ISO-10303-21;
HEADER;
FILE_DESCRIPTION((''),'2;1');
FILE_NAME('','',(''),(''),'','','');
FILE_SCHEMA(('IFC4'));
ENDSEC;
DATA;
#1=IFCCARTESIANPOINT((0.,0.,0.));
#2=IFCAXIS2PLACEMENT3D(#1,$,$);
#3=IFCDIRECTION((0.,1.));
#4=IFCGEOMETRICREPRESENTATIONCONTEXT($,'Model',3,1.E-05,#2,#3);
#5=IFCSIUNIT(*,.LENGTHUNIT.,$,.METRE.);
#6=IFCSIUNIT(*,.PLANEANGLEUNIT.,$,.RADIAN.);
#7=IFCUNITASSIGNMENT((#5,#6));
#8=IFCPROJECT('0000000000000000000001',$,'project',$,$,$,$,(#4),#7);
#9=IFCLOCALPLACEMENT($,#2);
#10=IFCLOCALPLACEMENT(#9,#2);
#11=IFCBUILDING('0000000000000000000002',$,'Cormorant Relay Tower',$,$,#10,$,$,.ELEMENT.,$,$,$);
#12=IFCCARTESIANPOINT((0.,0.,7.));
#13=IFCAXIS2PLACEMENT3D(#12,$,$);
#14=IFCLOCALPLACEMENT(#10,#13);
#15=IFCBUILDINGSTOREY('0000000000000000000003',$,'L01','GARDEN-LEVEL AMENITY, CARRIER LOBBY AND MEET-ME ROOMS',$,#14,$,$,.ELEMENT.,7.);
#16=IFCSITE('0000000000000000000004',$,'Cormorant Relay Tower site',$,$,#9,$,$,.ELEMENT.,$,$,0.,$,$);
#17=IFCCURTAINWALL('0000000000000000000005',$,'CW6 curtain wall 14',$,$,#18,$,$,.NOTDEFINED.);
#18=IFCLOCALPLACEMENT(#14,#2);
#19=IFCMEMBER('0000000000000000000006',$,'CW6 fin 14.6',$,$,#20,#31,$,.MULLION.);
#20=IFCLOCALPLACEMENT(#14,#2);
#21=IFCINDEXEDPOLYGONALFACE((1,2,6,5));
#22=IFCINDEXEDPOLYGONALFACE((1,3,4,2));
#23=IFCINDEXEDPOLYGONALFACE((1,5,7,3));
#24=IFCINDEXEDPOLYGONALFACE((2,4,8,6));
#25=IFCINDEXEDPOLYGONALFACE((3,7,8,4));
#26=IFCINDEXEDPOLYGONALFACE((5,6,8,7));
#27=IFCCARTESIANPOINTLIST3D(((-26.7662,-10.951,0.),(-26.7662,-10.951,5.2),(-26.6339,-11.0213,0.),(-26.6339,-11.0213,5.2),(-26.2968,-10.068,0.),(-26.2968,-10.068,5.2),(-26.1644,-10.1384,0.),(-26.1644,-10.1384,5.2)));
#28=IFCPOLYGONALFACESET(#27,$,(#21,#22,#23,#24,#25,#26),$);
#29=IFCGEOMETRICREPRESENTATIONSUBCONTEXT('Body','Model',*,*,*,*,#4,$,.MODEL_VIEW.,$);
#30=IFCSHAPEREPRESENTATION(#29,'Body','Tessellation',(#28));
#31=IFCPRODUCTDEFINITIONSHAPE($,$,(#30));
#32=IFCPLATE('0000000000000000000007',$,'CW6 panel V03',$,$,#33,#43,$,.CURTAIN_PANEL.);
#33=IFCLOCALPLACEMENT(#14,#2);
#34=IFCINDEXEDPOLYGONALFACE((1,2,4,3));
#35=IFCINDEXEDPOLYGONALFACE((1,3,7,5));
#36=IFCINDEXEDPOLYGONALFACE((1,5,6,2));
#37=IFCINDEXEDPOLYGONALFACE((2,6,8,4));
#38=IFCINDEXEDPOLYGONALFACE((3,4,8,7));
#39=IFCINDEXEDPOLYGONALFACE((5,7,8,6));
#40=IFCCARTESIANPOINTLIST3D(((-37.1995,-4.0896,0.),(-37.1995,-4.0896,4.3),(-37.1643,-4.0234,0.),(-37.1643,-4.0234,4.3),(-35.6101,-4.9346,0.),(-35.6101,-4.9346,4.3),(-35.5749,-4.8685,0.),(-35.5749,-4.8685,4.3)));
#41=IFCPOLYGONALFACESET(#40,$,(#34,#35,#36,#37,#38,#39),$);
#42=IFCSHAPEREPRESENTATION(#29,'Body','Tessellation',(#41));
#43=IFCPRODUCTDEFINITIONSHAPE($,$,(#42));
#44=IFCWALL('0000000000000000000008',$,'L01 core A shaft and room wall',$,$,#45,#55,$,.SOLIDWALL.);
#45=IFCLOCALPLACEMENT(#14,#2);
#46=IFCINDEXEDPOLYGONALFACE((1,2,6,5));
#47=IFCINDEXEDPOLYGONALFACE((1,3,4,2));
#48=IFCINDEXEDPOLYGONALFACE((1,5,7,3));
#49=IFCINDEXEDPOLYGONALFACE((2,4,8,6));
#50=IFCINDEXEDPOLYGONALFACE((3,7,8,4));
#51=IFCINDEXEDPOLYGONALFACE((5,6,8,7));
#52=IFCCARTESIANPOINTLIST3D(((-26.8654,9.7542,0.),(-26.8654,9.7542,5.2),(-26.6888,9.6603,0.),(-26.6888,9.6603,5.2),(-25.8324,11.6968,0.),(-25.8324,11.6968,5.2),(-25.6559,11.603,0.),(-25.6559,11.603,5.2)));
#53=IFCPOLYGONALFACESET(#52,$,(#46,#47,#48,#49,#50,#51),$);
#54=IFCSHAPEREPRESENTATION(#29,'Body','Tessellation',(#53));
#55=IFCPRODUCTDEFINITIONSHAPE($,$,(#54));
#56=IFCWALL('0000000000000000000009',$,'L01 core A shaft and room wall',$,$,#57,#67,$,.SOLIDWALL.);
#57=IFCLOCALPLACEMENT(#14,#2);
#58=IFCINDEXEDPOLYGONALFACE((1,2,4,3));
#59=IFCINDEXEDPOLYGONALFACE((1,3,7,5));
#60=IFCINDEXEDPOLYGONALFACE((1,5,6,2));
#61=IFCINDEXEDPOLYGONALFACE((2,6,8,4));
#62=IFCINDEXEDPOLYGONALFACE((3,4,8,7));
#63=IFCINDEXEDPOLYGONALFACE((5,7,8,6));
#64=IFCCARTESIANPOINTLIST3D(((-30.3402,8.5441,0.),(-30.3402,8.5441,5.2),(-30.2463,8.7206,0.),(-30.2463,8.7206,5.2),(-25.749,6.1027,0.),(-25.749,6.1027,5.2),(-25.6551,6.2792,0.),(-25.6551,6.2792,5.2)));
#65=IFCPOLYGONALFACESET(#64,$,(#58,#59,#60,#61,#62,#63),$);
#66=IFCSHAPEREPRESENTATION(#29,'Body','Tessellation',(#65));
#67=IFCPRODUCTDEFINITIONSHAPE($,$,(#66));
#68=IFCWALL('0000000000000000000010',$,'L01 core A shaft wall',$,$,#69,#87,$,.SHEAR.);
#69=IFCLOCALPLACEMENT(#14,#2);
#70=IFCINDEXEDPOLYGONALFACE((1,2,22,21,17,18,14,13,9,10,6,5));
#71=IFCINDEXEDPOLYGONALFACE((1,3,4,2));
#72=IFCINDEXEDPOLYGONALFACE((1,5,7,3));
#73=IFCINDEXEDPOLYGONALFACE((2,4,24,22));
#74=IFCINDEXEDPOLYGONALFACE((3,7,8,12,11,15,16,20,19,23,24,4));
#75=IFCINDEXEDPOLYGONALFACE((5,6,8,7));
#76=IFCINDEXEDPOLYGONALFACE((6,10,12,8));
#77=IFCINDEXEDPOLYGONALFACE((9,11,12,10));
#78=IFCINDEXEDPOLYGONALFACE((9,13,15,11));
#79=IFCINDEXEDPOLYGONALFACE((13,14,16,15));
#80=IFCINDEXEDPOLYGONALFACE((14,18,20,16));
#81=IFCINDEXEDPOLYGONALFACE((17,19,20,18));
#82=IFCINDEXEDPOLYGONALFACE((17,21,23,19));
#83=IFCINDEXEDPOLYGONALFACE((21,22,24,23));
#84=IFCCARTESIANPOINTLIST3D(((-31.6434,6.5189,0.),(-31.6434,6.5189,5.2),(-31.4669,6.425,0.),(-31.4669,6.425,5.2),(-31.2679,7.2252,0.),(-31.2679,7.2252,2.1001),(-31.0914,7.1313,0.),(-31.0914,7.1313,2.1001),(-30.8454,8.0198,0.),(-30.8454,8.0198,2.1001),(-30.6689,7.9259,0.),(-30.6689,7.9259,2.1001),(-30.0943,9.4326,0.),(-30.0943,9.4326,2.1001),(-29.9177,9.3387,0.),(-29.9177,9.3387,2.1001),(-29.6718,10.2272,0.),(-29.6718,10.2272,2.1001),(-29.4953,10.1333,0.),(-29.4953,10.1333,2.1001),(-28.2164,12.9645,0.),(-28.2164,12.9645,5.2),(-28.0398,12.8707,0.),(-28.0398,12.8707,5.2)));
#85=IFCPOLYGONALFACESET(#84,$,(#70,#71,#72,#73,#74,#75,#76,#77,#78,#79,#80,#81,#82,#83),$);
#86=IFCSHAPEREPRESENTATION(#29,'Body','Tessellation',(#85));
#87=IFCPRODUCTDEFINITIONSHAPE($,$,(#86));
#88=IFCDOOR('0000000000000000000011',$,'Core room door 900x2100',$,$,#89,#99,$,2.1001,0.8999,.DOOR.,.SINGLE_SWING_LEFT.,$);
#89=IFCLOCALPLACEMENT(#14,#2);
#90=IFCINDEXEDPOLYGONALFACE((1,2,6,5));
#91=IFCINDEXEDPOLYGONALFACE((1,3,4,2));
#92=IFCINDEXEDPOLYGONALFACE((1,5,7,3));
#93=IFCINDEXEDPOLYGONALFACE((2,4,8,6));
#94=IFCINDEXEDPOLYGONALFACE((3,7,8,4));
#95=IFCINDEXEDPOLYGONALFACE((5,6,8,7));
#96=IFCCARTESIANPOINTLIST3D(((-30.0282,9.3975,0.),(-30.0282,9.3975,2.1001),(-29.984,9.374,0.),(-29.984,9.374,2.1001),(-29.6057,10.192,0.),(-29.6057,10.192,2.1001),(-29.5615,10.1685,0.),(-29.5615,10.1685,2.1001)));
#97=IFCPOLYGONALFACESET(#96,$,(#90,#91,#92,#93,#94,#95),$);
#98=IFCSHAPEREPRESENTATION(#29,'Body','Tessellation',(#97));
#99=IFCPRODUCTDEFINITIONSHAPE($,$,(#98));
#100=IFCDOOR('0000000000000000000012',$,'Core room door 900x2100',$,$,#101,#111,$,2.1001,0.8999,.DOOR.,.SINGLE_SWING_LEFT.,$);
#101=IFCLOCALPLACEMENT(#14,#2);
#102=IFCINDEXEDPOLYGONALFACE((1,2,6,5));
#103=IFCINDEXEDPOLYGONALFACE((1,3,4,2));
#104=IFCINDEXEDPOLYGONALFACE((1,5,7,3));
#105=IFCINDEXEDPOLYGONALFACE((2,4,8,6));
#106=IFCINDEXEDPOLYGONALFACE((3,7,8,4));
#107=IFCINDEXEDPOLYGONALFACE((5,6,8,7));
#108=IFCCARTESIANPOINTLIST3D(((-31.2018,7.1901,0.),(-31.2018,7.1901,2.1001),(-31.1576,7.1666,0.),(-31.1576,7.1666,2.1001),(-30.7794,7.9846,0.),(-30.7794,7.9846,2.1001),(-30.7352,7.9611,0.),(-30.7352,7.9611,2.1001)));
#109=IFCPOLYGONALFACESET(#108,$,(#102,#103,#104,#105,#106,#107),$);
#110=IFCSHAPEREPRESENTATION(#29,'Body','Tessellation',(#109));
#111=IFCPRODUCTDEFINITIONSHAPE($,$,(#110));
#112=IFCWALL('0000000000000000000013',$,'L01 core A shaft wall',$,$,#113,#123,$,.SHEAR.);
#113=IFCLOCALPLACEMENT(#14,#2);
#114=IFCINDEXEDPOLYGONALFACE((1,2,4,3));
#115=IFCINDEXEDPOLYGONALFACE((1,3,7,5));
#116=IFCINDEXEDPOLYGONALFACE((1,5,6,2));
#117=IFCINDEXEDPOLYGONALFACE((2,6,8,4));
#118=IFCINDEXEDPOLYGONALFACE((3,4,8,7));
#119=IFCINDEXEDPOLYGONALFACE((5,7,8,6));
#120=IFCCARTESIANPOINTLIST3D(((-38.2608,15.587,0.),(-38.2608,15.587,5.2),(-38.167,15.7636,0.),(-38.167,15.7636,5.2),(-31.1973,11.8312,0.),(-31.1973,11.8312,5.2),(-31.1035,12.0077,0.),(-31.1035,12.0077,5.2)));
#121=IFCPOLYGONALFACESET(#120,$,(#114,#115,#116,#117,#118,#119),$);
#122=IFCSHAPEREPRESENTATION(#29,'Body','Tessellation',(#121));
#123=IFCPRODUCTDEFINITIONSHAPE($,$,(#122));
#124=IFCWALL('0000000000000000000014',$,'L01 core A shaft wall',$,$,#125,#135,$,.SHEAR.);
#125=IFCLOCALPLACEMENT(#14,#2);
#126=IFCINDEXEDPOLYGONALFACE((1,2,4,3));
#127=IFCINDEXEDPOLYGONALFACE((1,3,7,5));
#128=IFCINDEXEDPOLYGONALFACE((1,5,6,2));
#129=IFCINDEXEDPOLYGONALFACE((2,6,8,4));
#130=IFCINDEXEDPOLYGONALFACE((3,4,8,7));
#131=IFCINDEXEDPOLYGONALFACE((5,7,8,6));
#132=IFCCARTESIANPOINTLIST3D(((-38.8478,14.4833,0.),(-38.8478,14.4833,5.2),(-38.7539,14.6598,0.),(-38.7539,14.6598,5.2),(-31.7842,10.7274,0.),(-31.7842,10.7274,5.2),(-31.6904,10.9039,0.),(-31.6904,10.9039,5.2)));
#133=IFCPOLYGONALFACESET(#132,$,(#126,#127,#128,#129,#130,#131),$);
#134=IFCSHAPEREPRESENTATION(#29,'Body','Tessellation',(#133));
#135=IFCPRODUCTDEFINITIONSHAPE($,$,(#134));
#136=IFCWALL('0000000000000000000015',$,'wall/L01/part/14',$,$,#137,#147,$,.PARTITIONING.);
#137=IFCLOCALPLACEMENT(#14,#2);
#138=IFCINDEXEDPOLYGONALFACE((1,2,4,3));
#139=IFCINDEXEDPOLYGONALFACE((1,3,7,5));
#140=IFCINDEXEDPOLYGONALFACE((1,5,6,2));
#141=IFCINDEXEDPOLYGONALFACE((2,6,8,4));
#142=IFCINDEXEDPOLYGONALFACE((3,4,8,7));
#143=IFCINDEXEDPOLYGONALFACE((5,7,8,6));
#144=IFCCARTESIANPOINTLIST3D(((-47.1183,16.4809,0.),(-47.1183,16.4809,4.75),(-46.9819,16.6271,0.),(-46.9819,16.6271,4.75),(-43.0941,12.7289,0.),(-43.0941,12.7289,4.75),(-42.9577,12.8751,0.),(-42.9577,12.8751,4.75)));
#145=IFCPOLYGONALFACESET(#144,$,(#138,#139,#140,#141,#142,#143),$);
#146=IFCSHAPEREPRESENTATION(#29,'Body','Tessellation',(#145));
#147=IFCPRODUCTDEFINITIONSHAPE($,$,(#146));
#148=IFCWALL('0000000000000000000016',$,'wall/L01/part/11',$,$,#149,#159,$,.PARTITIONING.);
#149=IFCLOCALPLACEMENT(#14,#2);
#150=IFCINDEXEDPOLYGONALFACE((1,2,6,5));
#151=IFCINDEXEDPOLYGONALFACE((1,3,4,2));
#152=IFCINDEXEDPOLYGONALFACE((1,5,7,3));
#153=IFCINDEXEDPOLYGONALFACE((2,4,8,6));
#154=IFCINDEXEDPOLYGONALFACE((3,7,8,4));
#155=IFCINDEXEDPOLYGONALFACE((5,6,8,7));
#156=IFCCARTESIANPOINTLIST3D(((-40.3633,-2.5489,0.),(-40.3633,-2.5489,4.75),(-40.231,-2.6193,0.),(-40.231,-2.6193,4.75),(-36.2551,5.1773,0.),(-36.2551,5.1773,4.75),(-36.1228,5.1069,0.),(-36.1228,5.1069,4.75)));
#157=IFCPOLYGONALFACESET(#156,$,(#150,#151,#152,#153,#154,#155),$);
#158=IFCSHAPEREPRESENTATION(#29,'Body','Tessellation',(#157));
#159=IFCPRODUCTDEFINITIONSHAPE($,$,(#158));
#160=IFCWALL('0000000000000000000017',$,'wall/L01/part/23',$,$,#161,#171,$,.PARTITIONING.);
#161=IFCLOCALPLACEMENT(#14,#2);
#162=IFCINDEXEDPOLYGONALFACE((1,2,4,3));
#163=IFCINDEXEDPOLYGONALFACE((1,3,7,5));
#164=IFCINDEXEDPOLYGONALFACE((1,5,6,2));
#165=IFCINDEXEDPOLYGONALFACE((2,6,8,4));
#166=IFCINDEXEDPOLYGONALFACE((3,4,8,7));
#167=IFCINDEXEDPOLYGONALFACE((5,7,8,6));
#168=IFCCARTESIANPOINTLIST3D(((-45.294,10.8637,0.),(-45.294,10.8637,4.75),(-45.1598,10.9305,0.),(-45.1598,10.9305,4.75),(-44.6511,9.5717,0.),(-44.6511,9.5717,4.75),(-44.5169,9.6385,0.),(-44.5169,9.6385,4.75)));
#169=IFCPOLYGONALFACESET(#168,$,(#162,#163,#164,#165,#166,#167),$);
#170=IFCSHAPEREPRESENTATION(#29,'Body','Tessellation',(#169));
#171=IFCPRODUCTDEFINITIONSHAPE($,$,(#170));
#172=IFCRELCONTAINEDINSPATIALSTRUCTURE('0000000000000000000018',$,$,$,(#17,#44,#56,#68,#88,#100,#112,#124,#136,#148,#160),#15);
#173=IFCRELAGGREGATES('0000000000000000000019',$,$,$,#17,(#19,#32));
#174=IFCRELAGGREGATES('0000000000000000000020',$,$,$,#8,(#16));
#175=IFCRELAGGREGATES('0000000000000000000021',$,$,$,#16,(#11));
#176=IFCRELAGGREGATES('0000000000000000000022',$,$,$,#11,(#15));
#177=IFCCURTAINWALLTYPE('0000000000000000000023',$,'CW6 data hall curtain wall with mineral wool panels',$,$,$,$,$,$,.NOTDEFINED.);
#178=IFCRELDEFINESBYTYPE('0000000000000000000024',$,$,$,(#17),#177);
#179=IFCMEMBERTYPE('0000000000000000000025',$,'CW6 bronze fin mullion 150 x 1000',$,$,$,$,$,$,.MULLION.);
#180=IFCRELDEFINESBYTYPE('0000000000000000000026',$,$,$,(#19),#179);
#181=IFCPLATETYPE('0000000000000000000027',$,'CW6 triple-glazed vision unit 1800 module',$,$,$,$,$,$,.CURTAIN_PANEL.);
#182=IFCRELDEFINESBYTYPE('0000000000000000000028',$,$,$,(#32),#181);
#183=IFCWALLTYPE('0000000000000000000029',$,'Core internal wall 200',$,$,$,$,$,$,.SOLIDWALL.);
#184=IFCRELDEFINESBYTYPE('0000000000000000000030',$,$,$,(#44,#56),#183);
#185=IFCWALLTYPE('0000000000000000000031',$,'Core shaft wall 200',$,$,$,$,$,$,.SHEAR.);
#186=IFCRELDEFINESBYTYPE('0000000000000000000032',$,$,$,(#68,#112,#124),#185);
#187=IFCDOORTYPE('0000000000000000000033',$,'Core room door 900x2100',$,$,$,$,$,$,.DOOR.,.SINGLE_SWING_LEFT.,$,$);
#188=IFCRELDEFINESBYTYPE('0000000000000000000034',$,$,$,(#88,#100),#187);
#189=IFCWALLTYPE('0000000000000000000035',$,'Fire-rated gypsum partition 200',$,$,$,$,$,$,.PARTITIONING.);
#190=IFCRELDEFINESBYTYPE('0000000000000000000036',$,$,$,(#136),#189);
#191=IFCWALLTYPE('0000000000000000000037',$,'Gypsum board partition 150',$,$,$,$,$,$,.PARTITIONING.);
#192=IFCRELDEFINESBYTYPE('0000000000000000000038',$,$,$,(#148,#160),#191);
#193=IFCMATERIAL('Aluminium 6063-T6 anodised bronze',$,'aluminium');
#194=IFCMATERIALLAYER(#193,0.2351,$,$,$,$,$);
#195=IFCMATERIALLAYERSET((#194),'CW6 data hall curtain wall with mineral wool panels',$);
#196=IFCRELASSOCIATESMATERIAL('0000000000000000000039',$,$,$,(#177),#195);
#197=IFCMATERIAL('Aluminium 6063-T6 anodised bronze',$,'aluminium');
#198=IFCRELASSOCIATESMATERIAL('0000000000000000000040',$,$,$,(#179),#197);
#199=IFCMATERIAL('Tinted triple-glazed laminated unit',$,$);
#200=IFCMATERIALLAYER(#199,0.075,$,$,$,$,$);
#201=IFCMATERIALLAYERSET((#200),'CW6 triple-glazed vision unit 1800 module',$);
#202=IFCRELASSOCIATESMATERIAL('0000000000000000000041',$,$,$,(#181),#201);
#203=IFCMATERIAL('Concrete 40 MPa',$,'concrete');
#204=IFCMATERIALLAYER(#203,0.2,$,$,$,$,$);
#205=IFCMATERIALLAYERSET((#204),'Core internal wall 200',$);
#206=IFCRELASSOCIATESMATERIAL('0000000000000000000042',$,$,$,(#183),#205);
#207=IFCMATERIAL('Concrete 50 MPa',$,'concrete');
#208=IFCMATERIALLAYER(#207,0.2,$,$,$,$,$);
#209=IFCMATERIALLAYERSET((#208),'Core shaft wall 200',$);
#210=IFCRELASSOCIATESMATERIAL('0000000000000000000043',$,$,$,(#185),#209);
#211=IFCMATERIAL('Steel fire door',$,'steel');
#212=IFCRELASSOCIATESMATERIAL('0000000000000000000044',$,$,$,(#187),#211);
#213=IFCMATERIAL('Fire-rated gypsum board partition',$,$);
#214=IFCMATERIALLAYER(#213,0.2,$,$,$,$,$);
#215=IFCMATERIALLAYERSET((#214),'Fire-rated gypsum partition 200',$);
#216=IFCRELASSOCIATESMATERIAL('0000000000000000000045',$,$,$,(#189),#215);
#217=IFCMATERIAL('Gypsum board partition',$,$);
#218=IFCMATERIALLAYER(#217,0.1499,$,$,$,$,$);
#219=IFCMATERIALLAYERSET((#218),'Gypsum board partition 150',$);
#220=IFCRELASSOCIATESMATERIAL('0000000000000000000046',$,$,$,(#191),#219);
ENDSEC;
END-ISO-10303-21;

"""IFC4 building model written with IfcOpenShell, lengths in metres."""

from ifc_helpers import new_model, si_unit, direction, frame, frame_2d, origin, origin_2d, place, context, subcontext, project, spatial, rectangle, extrude, material, layer, layer_set, material_profile, profile_set, type_object, element, fill, aggregate, save


model = new_model("IFC4")

# Units and contexts
model_context = context("Model", 3, precision=1e-05, world=origin(), true_north=direction((0.0, 1.0)))
body_context = subcontext(model_context, "Body", "Model", "MODEL_VIEW")
ifc_project = project(units=[si_unit("LENGTHUNIT", "METRE"), si_unit("PLANEANGLEUNIT", "RADIAN")], contexts=[model_context])

# Site, building, storey
site_placement = place(None, origin())
site = spatial("IfcSite", under=ifc_project, at=site_placement, Name="Cormorant Relay Tower site", CompositionType="ELEMENT", RefElevation=0.0)
building_placement = place(site_placement, origin())
building = spatial("IfcBuilding", under=site, at=building_placement, Name="Cormorant Relay Tower", CompositionType="ELEMENT")
storey_placement = place(building_placement, frame((0.0, 0.0, 7.0)))
storey = spatial("IfcBuildingStorey", under=building, at=storey_placement, Name="L01", Description="GARDEN-LEVEL AMENITY, CARRIER LOBBY AND MEET-ME ROOMS", CompositionType="ELEMENT", Elevation=7.0)

# Curtain wall, member, plate
ifc_material_1 = material(Name="Aluminium 6063-T6 anodised bronze", Category="aluminium")
ifc_layer_1 = layer(ifc_material_1, 0.2351)
ifc_layer_set_1 = layer_set([ifc_layer_1], Name="CW6 data hall curtain wall with mineral wool panels")
curtain_wall_type = type_object("IfcCurtainWallType", Name="CW6 data hall curtain wall with mineral wool panels", PredefinedType="NOTDEFINED", material=ifc_layer_set_1)
curtain_wall_placement = place(storey_placement, origin())
curtain_wall = element("IfcCurtainWall", 1, at=curtain_wall_placement, inside=storey, type_object=curtain_wall_type, Name="CW6 curtain wall 14", PredefinedType="NOTDEFINED")
ifc_material_2 = material(Name="Aluminium 6063-T6 anodised bronze", Category="aluminium")
ifc_material_profile_1 = material_profile(ifc_material_2, rectangle(XDim=0.1499, YDim=1.0, at=origin_2d()), Name="AL 150x1000")
ifc_profile_set_1 = profile_set([ifc_material_profile_1], Name="Aluminium 6063-T6 anodised bronze")
member_type = type_object("IfcMemberType", Name="CW6 bronze fin mullion 150 x 1000", PredefinedType="MULLION", material=ifc_profile_set_1)
member_1_placement = place(storey_placement, frame((-26.4653, -10.5447, 0.0), z_axis=(0.0, 0.0, 1.0), x_axis=(0.882948, -0.469472, 0.0)))
member_1 = element("IfcMember", 2, at=member_1_placement, type_object=member_type, Name="CW6 fin 14.6", PredefinedType="MULLION", context=body_context, shape_type="SweptSolid", body=[
    extrude(rectangle(XDim=0.1499, YDim=1.0, at=origin_2d()), origin(), (0.0, 0.0, 1.0), 5.2),
])
ifc_material_3 = material(Name="Tinted triple-glazed laminated unit")
ifc_layer_2 = layer(ifc_material_3, 0.075)
ifc_layer_set_2 = layer_set([ifc_layer_2], Name="CW6 triple-glazed vision unit 1800 module")
plate_type = type_object("IfcPlateType", Name="CW6 triple-glazed vision unit 1800 module", PredefinedType="CURTAIN_PANEL", material=ifc_layer_set_2)
plate_placement = place(storey_placement, frame((-36.3872, -4.479, 0.0), z_axis=(0.0, 0.0, 1.0), x_axis=(0.882948, -0.469472, 0.0)))
plate = element("IfcPlate", 3, at=plate_placement, type_object=plate_type, Name="CW6 panel V03", PredefinedType="CURTAIN_PANEL", context=body_context, shape_type="SweptSolid", body=[
    extrude(rectangle(XDim=1.8, YDim=0.075, at=origin_2d()), origin(), (0.0, 0.0, 1.0), 4.3),
])

# Walls
ifc_material_4 = material(Name="Concrete 40 MPa", Category="concrete")
ifc_layer_3 = layer(ifc_material_4, 0.2)
ifc_layer_set_3 = layer_set([ifc_layer_3], Name="Core internal wall 200")
wall_type_1 = type_object("IfcWallType", Name="Core internal wall 200", PredefinedType="SOLIDWALL", material=ifc_layer_set_3)
wall_1_placement = place(storey_placement, frame((-25.7441, 11.6499, 0.0), z_axis=(0.0, 0.0, 1.0), x_axis=(-0.469488, -0.882939, 0.0)))
element("IfcWall", 4, at=wall_1_placement, inside=storey, type_object=wall_type_1, Name="L01 core A shaft and room wall", PredefinedType="SOLIDWALL", context=body_context, shape_type="SweptSolid", body=[
    extrude(rectangle(XDim=2.2002, YDim=0.2, at=frame_2d((1.1001, 0.0))), origin(), (0.0, 0.0, 1.0), 5.2),
])
wall_2_placement = place(storey_placement, frame((-25.7019, 6.1909, 0.0), z_axis=(0.0, 0.0, 1.0), x_axis=(-0.882935, 0.469496, 0.0)))
element("IfcWall", 5, at=wall_2_placement, inside=storey, type_object=wall_type_1, Name="L01 core A shaft and room wall", PredefinedType="SOLIDWALL", context=body_context, shape_type="SweptSolid", body=[
    extrude(rectangle(XDim=5.2, YDim=0.2, at=frame_2d((2.6001, 0.0))), origin(), (0.0, 0.0, 1.0), 5.2),
])

# Wall, openings, doors
ifc_material_5 = material(Name="Concrete 50 MPa", Category="concrete")
ifc_layer_4 = layer(ifc_material_5, 0.2)
ifc_layer_set_4 = layer_set([ifc_layer_4], Name="Core shaft wall 200")
wall_type_2 = type_object("IfcWallType", Name="Core shaft wall 200", PredefinedType="SHEAR", material=ifc_layer_set_4)
wall_3_placement = place(storey_placement, frame((-28.1282, 12.9175, 0.0), z_axis=(0.0, 0.0, 1.0), x_axis=(-0.469454, -0.882957, 0.0)))
wall_3 = element("IfcWall", 6, at=wall_3_placement, inside=storey, type_object=wall_type_2, Name="L01 core A shaft wall", PredefinedType="SHEAR", context=body_context, shape_type="SweptSolid", body=[
    extrude(rectangle(XDim=7.3, YDim=0.2, at=frame_2d((3.6499, 0.0))), origin(), (0.0, 0.0, 1.0), 5.2),
])
opening_1_placement = place(wall_3_placement, frame((3.1001, 0.0, 0.0)))
opening_1 = element("IfcOpeningElement", 7, at=opening_1_placement, cuts=wall_3, PredefinedType="OPENING", context=body_context, shape_type="SweptSolid", body=[
    extrude(rectangle(XDim=0.8999, YDim=2.1001, at=frame_2d((0.45, 1.05))), frame((0.0, 0.1099, 0.0), z_axis=(0.0, -1.0, 0.0), x_axis=(1.0, 0.0, 0.0)), (0.0, 0.0, 1.0), 0.22),
])
opening_2_placement = place(wall_3_placement, frame((5.6001, 0.0, 0.0)))
opening_2 = element("IfcOpeningElement", 8, at=opening_2_placement, cuts=wall_3, PredefinedType="OPENING", context=body_context, shape_type="SweptSolid", body=[
    extrude(rectangle(XDim=0.8999, YDim=2.1001, at=frame_2d((0.45, 1.05))), frame((0.0, 0.1099, 0.0), z_axis=(0.0, -1.0, 0.0), x_axis=(1.0, 0.0, 0.0)), (0.0, 0.0, 1.0), 0.22),
])
ifc_material_6 = material(Name="Steel fire door", Category="steel")
door_type_1 = type_object("IfcDoorType", Name="Core room door 900x2100", OperationType="SINGLE_SWING_LEFT", PredefinedType="DOOR", material=ifc_material_6)
door_1_placement = place(opening_1_placement, origin())
door_1 = element("IfcDoor", 9, at=door_1_placement, inside=storey, type_object=door_type_1, Name="Core room door 900x2100", OperationType="SINGLE_SWING_LEFT", OverallHeight=2.1001, OverallWidth=0.8999, PredefinedType="DOOR", context=body_context, shape_type="SweptSolid", body=[
    extrude(rectangle(XDim=0.8999, YDim=2.1001, at=frame_2d((0.45, 1.05))), frame((0.0, 0.0249, 0.0), z_axis=(0.0, -1.0, 0.0), x_axis=(1.0, 0.0, 0.0)), (0.0, 0.0, 1.0), 0.05),
])
fill(opening_1, door_1)
door_2_placement = place(opening_2_placement, origin())
door_2 = element("IfcDoor", 10, at=door_2_placement, inside=storey, type_object=door_type_1, Name="Core room door 900x2100", OperationType="SINGLE_SWING_LEFT", OverallHeight=2.1001, OverallWidth=0.8999, PredefinedType="DOOR", context=body_context, shape_type="SweptSolid", body=[
    extrude(rectangle(XDim=0.8999, YDim=2.1001, at=frame_2d((0.45, 1.05))), frame((0.0, 0.0249, 0.0), z_axis=(0.0, -1.0, 0.0), x_axis=(1.0, 0.0, 0.0)), (0.0, 0.0, 1.0), 0.05),
])
fill(opening_2, door_2)

# Walls
for number, where, z_axis, x_axis, name in (
    (11, (-31.1504, 11.9194, 0.0), (0.0, 0.0, 1.0), (-0.88294, 0.469485, 0.0), "L01 core A shaft wall"),
    (12, (-31.7373, 10.8157, 0.0), (0.0, 0.0, 1.0), (-0.88294, 0.469485, 0.0), "L01 core A shaft wall"),
):
    element("IfcWall", number, at=place(storey_placement, frame(where, z_axis=z_axis, x_axis=x_axis)), inside=storey, type_object=wall_type_2, Name=name, PredefinedType="SHEAR", context=body_context, shape_type="SweptSolid", body=[
        extrude(rectangle(XDim=8.0, YDim=0.2, at=frame_2d((4.0, 0.0))), origin(), (0.0, 0.0, 1.0), 5.2),
    ])
ifc_material_7 = material(Name="Fire-rated gypsum board partition")
ifc_layer_5 = layer(ifc_material_7, 0.2)
ifc_layer_set_5 = layer_set([ifc_layer_5], Name="Fire-rated gypsum partition 200")
wall_type_3 = type_object("IfcWallType", Name="Fire-rated gypsum partition 200", PredefinedType="PARTITIONING", material=ifc_layer_set_5)
wall_4_placement = place(storey_placement, frame((-43.0259, 12.802, 0.0), z_axis=(0.0, 0.0, 1.0), x_axis=(-0.731412, 0.681936, 0.0)))
element("IfcWall", 13, at=wall_4_placement, inside=storey, type_object=wall_type_3, Name="wall/L01/part/14", PredefinedType="PARTITIONING", context=body_context, shape_type="SweptSolid", body=[
    extrude(rectangle(XDim=5.502, YDim=0.2, at=frame_2d((2.751, 0.0))), origin(), (0.0, 0.0, 1.0), 4.75),
])

# Walls
ifc_material_8 = material(Name="Gypsum board partition")
ifc_layer_6 = layer(ifc_material_8, 0.1499)
ifc_layer_set_6 = layer_set([ifc_layer_6], Name="Gypsum board partition 150")
wall_type_4 = type_object("IfcWallType", Name="Gypsum board partition 150", PredefinedType="PARTITIONING", material=ifc_layer_set_6)
wall_5_placement = place(storey_placement, frame((-36.189, 5.1421, 0.0), z_axis=(0.0, 0.0, 1.0), x_axis=(-0.469483, -0.882942, 0.0)))
element("IfcWall", 14, at=wall_5_placement, inside=storey, type_object=wall_type_4, Name="wall/L01/part/11", PredefinedType="PARTITIONING", context=body_context, shape_type="SweptSolid", body=[
    extrude(rectangle(XDim=8.7505, YDim=0.1499, at=frame_2d((4.3752, 0.0))), origin(), (0.0, 0.0, 1.0), 4.75),
])
wall_6_placement = place(storey_placement, frame((-44.584, 9.605, 0.0), z_axis=(0.0, 0.0, 1.0), x_axis=(-0.445453, 0.895305, 0.0)))
element("IfcWall", 15, at=wall_6_placement, inside=storey, type_object=wall_type_4, Name="wall/L01/part/23", PredefinedType="PARTITIONING", context=body_context, shape_type="SweptSolid", body=[
    extrude(rectangle(XDim=1.4431, YDim=0.1499, at=frame_2d((0.7217, 0.0))), origin(), (0.0, 0.0, 1.0), 4.75),
])

aggregate(curtain_wall, [member_1, plate])

save(model, "model.ifc")
